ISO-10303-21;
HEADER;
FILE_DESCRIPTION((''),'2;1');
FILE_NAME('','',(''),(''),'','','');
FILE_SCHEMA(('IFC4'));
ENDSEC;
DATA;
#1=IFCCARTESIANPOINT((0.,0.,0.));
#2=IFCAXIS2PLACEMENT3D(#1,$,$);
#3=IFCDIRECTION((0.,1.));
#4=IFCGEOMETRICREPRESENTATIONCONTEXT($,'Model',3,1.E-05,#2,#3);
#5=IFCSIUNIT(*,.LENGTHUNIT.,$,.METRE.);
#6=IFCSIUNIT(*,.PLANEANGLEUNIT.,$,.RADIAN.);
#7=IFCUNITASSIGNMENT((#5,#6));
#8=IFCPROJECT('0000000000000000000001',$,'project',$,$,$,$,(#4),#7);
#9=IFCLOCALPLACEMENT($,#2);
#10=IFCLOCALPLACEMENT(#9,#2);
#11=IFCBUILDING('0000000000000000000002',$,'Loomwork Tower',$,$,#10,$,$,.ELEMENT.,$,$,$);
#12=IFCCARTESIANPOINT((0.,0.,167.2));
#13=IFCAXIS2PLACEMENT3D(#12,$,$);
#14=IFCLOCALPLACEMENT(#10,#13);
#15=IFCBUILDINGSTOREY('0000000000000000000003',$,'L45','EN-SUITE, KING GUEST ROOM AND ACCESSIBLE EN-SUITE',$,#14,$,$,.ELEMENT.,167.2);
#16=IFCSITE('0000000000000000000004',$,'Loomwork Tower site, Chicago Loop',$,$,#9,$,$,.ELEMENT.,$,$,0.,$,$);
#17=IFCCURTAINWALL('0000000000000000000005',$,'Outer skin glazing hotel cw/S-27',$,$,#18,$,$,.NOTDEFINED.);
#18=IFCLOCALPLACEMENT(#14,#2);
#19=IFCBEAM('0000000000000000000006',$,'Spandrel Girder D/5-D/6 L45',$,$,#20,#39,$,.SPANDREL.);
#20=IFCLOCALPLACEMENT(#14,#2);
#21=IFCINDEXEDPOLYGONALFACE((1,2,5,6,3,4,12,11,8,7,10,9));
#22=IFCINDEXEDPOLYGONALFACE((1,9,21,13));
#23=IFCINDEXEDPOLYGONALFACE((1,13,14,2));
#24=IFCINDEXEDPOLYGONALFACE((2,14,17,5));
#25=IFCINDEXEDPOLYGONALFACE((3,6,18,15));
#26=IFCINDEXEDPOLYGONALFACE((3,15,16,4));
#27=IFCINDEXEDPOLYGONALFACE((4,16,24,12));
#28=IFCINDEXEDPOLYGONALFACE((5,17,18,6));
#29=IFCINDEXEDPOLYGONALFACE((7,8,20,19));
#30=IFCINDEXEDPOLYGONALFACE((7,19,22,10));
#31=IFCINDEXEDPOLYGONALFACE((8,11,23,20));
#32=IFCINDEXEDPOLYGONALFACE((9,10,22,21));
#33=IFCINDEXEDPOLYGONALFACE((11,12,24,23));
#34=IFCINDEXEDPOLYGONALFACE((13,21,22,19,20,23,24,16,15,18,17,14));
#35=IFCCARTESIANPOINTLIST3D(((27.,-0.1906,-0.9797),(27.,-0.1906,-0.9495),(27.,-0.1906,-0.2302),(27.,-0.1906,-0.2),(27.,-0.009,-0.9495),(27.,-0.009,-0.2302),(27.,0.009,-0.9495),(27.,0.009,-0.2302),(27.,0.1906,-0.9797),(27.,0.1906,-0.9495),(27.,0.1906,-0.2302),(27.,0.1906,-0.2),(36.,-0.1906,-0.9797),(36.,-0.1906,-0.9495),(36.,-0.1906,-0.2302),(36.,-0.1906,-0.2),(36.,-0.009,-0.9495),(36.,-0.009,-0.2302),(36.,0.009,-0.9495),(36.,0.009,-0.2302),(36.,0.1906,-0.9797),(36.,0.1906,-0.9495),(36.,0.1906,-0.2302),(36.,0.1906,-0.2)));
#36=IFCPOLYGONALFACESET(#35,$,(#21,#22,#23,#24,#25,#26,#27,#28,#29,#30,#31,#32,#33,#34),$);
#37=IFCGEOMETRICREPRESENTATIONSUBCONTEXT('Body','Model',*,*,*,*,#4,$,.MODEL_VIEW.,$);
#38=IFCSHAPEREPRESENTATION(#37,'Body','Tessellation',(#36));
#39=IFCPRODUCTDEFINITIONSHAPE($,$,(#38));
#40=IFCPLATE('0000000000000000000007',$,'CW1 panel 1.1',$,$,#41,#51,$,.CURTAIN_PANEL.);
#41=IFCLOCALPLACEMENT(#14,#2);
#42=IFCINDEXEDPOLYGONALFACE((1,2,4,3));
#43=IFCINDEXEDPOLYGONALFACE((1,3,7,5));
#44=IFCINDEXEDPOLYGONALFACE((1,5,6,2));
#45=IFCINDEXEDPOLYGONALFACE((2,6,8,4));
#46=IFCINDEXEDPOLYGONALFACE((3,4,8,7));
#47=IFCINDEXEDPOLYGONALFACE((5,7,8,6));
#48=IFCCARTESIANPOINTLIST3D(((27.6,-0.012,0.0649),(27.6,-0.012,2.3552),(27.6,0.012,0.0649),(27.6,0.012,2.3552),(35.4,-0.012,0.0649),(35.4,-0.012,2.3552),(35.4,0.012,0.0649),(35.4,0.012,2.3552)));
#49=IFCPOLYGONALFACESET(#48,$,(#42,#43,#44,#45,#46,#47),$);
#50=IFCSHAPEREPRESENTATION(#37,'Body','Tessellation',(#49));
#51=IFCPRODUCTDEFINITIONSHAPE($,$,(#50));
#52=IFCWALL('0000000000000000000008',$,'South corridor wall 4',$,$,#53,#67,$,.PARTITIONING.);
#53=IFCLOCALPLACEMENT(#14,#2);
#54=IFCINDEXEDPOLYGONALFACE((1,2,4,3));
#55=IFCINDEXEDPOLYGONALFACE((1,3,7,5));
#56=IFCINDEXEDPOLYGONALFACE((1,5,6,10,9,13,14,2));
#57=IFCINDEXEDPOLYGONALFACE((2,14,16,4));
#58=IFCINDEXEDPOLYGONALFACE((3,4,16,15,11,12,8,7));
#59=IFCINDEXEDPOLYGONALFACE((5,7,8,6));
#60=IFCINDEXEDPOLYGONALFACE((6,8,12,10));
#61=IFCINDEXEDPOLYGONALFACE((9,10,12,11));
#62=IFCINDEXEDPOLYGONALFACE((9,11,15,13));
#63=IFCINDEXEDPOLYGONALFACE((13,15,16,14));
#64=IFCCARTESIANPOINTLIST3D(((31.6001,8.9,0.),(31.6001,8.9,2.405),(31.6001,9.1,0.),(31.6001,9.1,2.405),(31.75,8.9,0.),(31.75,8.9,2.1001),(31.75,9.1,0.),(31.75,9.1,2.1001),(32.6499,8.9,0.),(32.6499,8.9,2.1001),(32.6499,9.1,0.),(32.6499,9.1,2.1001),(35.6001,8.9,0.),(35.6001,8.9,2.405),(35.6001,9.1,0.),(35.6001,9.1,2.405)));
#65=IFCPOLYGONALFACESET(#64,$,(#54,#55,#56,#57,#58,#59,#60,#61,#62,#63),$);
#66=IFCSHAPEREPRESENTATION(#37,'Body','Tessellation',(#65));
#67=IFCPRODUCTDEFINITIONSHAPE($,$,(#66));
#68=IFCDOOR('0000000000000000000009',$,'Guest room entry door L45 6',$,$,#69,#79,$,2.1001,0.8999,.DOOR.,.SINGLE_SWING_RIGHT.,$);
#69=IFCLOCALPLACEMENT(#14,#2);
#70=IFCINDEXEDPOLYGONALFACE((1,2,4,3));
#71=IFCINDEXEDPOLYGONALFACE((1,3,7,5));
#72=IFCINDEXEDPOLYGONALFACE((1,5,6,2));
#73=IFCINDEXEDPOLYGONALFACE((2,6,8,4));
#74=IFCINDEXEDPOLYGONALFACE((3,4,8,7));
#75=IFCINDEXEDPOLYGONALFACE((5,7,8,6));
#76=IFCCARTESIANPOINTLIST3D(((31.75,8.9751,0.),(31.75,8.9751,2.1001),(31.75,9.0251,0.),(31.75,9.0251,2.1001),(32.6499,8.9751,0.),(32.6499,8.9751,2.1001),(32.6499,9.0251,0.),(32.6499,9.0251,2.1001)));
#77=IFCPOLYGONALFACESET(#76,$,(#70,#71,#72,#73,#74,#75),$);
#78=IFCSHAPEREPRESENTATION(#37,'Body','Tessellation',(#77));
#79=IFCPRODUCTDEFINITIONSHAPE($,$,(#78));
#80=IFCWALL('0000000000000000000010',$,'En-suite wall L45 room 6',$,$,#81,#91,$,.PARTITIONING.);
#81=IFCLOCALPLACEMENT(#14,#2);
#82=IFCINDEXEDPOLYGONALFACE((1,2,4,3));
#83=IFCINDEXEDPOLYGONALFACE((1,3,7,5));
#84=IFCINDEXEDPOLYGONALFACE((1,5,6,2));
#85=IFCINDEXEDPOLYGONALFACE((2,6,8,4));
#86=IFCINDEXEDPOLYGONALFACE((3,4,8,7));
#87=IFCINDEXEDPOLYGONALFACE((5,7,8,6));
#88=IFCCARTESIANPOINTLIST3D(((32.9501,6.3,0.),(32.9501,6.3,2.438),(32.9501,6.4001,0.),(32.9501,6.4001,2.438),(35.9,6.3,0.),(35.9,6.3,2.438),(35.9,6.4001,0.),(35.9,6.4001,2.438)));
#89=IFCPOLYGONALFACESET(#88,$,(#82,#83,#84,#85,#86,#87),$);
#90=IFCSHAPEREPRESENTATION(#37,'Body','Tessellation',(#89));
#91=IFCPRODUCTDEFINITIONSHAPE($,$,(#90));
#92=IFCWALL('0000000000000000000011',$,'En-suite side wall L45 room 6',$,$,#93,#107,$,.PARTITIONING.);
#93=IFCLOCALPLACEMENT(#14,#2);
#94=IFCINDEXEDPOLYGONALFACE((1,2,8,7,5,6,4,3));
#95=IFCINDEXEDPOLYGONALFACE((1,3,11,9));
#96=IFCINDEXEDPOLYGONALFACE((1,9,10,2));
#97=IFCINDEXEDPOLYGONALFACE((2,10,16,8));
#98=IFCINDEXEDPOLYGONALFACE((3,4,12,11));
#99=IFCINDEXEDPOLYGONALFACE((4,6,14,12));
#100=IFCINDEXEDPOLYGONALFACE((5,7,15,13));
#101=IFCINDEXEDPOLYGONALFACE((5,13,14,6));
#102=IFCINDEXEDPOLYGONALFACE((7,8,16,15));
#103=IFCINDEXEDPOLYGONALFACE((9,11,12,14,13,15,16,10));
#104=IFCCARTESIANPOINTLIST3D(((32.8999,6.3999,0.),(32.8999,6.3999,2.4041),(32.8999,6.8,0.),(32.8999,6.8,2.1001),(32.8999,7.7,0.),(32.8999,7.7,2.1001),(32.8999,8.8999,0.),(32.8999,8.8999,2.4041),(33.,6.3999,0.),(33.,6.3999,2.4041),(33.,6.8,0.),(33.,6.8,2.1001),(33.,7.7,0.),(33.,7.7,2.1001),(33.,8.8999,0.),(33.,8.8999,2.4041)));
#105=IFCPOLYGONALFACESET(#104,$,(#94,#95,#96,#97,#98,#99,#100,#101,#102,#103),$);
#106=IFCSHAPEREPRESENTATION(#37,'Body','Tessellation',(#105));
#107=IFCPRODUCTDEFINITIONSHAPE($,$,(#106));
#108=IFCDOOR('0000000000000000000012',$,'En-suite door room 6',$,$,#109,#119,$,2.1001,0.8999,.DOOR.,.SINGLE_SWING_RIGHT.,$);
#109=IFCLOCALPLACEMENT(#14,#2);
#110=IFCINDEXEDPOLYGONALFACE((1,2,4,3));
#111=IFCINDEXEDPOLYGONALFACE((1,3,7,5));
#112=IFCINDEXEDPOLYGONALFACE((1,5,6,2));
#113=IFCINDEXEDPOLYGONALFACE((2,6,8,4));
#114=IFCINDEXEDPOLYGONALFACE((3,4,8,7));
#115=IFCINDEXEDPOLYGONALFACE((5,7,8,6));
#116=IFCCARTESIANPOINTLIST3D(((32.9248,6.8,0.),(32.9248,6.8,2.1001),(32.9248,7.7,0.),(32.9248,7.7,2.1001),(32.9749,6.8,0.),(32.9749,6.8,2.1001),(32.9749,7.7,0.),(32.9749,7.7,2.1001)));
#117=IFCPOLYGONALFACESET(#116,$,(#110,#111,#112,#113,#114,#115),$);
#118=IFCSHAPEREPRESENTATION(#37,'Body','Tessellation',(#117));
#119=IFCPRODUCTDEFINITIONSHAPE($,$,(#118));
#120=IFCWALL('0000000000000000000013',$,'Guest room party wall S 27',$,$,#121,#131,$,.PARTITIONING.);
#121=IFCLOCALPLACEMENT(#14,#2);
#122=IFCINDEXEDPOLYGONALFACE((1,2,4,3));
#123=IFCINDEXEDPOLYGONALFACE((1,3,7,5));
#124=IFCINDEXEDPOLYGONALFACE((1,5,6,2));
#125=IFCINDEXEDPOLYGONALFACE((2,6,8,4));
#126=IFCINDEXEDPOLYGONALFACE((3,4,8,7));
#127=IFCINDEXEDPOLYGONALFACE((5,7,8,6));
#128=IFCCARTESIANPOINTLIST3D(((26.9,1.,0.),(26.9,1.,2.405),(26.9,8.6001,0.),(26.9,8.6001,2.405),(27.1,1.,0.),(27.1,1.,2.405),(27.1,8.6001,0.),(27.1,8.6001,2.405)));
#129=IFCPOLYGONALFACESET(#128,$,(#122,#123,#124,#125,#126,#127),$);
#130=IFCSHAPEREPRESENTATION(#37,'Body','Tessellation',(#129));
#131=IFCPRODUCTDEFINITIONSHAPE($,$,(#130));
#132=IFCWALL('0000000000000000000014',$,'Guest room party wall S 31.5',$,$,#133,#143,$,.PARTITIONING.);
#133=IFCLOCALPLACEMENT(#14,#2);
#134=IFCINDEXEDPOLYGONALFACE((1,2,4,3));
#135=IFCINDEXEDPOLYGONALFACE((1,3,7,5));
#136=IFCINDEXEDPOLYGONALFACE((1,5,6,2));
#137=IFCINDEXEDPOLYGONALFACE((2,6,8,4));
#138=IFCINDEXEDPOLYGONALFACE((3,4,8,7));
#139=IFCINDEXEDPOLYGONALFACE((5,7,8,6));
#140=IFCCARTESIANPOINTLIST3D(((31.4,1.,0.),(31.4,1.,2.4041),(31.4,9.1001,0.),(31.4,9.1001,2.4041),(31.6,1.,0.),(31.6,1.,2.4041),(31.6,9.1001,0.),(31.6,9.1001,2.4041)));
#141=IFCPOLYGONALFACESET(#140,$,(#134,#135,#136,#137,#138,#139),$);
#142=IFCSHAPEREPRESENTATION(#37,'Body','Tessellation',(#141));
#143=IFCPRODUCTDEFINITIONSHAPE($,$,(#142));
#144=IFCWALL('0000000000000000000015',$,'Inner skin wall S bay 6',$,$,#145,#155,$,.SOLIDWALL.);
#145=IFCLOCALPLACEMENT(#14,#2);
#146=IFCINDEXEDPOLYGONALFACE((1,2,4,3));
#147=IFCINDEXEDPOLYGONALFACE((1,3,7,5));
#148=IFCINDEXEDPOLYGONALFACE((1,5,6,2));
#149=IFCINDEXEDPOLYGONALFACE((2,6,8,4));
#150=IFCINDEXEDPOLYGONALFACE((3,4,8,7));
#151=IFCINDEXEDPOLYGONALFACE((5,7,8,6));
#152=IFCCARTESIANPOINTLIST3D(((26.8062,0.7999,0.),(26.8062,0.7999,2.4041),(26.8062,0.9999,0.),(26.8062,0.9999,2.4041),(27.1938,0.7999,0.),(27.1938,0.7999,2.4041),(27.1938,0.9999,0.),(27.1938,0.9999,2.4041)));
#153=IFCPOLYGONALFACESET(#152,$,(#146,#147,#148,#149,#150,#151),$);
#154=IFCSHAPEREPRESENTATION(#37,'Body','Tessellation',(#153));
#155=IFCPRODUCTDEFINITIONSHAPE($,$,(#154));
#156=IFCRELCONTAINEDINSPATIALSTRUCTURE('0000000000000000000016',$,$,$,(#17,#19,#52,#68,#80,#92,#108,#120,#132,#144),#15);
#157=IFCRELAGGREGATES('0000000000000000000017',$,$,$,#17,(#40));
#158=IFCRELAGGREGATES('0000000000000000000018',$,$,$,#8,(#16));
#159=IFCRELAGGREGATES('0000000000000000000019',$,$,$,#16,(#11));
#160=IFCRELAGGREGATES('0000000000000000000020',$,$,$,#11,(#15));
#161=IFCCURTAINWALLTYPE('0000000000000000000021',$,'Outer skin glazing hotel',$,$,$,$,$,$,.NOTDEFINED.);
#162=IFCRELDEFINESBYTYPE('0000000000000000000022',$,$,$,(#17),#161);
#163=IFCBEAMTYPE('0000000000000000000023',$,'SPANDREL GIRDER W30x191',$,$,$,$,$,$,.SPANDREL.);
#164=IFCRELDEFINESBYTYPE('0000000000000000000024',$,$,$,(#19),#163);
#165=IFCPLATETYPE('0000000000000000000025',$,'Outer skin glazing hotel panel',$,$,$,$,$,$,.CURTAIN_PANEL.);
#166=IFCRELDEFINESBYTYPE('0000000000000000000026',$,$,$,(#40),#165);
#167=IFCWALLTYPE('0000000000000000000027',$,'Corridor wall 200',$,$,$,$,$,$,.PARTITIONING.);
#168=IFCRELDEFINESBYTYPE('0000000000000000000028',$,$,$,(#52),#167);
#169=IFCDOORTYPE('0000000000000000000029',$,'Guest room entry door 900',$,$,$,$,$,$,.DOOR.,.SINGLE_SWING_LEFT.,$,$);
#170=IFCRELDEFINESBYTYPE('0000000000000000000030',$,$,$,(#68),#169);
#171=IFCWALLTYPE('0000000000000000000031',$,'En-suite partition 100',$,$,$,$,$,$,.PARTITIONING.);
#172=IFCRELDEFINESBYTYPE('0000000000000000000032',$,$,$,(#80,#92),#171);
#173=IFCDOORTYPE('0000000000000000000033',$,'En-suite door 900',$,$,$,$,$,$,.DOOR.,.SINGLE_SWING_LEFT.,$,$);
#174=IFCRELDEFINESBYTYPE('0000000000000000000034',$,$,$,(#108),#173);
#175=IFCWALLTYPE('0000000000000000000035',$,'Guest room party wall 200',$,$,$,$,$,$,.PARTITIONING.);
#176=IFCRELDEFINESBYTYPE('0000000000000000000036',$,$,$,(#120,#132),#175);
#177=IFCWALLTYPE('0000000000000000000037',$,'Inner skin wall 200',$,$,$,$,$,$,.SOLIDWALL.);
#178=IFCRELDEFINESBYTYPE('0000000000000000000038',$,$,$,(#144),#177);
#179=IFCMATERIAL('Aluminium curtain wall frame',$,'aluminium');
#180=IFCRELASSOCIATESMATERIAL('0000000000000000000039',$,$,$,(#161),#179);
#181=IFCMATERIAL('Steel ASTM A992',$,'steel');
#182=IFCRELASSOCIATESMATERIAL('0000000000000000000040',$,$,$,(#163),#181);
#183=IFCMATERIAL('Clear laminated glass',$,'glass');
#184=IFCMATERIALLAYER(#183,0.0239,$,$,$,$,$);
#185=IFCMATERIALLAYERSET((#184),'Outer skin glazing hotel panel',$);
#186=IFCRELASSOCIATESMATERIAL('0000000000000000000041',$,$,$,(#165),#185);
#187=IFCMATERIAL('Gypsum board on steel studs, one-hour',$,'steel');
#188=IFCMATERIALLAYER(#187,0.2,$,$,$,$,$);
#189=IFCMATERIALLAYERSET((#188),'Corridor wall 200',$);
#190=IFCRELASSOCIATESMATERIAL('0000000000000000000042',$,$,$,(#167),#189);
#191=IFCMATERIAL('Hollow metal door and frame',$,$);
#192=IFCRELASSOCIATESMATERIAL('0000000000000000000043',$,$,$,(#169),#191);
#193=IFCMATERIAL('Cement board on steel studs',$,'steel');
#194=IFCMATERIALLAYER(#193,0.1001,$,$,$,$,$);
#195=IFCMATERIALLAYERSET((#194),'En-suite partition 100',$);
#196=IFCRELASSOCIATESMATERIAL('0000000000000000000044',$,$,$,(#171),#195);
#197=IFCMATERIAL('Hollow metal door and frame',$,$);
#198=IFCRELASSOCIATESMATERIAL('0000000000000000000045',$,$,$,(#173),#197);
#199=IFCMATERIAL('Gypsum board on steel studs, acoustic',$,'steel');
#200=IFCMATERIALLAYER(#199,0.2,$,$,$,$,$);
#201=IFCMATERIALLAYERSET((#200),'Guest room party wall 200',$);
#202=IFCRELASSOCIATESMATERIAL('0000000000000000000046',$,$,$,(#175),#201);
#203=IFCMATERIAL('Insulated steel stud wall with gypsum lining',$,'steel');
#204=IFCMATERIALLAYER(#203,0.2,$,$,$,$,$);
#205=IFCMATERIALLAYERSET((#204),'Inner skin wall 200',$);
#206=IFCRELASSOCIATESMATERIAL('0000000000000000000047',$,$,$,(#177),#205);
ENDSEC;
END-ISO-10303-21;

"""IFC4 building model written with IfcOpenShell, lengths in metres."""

from ifc_helpers import new_model, si_unit, direction, frame, frame_2d, origin, origin_2d, place, context, subcontext, project, spatial, rectangle, i_section, extrude, material, layer, layer_set, material_profile, profile_set, type_object, element, fill, aggregate, save


model = new_model("IFC4")

# Units and contexts
model_context = context("Model", 3, precision=1e-05, world=origin(), true_north=direction((0.0, 1.0)))
body_context = subcontext(model_context, "Body", "Model", "MODEL_VIEW")
ifc_project = project(units=[si_unit("LENGTHUNIT", "METRE"), si_unit("PLANEANGLEUNIT", "RADIAN")], contexts=[model_context])

# Site, building, storey
site_placement = place(None, origin())
site = spatial("IfcSite", under=ifc_project, at=site_placement, Name="Loomwork Tower site, Chicago Loop", CompositionType="ELEMENT", RefElevation=0.0)
building_placement = place(site_placement, origin())
building = spatial("IfcBuilding", under=site, at=building_placement, Name="Loomwork Tower", CompositionType="ELEMENT")
storey_placement = place(building_placement, frame((0.0, 0.0, 167.2)))
storey = spatial("IfcBuildingStorey", under=building, at=storey_placement, Name="L45", Description="EN-SUITE, KING GUEST ROOM AND ACCESSIBLE EN-SUITE", CompositionType="ELEMENT", Elevation=167.2)

# Shared definitions
ifc_material_1 = material(Name="Aluminium curtain wall frame", Category="aluminium")
curtain_wall_type = type_object("IfcCurtainWallType", Name="Outer skin glazing hotel", PredefinedType="NOTDEFINED", material=ifc_material_1)

# Curtain wall
curtain_wall_1_placement = place(storey_placement, origin())
curtain_wall_1 = element("IfcCurtainWall", 1, at=curtain_wall_1_placement, inside=storey, type_object=curtain_wall_type, Name="Outer skin glazing hotel cw/S-27", PredefinedType="NOTDEFINED")

# Beam
ifc_material_2 = material(Name="Steel ASTM A992", Category="steel")
ifc_material_profile_1 = material_profile(ifc_material_2, i_section(OverallWidth=0.3811, OverallDepth=0.7798, WebThickness=0.0181, FlangeThickness=0.0303, at=origin_2d()), Name="W30x191")
ifc_profile_set_1 = profile_set([ifc_material_profile_1], Name="Steel ASTM A992")
beam_type_1 = type_object("IfcBeamType", Name="SPANDREL GIRDER W30x191", PredefinedType="SPANDREL", material=ifc_profile_set_1)
beam_1_placement = place(storey_placement, frame((27.0, 0.0, -0.5898), z_axis=(1.0, 0.0, 0.0), x_axis=(0.0, 1.0, 0.0)))
element("IfcBeam", 2, at=beam_1_placement, inside=storey, type_object=beam_type_1, Name="Spandrel Girder D/5-D/6 L45", PredefinedType="SPANDREL", context=body_context, shape_type="SweptSolid", body=[
    extrude(i_section(OverallWidth=0.3811, OverallDepth=0.7798, WebThickness=0.0181, FlangeThickness=0.0303, at=origin_2d()), origin(), (0.0, 0.0, 1.0), 9.0),
])

# Plate
ifc_material_3 = material(Name="Clear laminated glass", Category="glass")
ifc_layer_1 = layer(ifc_material_3, 0.0239)
ifc_layer_set_1 = layer_set([ifc_layer_1], Name="Outer skin glazing hotel panel")
plate_type = type_object("IfcPlateType", Name="Outer skin glazing hotel panel", PredefinedType="CURTAIN_PANEL", material=ifc_layer_set_1)
plate_placement = place(storey_placement, frame((31.5, 0.0, 0.0649), z_axis=(0.0, 0.0, 1.0), x_axis=(1.0, 0.0, 0.0)))
plate = element("IfcPlate", 3, at=plate_placement, type_object=plate_type, Name="CW1 panel 1.1", PredefinedType="CURTAIN_PANEL", context=body_context, shape_type="SweptSolid", body=[
    extrude(rectangle(XDim=7.8, YDim=0.0239, at=origin_2d()), origin(), (0.0, 0.0, 1.0), 2.2903),
])
aggregate(curtain_wall_1, [plate])

# Wall, opening, door
ifc_material_4 = material(Name="Gypsum board on steel studs, one-hour", Category="steel")
ifc_layer_2 = layer(ifc_material_4, 0.2)
ifc_layer_set_2 = layer_set([ifc_layer_2], Name="Corridor wall 200")
wall_type_1 = type_object("IfcWallType", Name="Corridor wall 200", PredefinedType="PARTITIONING", material=ifc_layer_set_2)
wall_1_placement = place(storey_placement, frame((31.6001, 9.0, 0.0), z_axis=(0.0, 0.0, 1.0), x_axis=(1.0, 0.0, 0.0)))
wall_1 = element("IfcWall", 4, at=wall_1_placement, inside=storey, type_object=wall_type_1, Name="South corridor wall 4", PredefinedType="PARTITIONING", context=body_context, shape_type="SweptSolid", body=[
    extrude(rectangle(XDim=4.0, YDim=0.2, at=frame_2d((2.0, 0.0))), origin(), (0.0, 0.0, 1.0), 2.405),
])
opening_1_placement = place(wall_1_placement, frame((0.1499, 0.0, 0.0)))
opening_1 = element("IfcOpeningElement", 5, at=opening_1_placement, cuts=wall_1, PredefinedType="OPENING", context=body_context, shape_type="SweptSolid", body=[
    extrude(rectangle(XDim=0.8999, YDim=2.1001, at=frame_2d((0.45, 1.05))), frame((0.0, 0.1099, 0.0), z_axis=(0.0, -1.0, 0.0), x_axis=(1.0, 0.0, 0.0)), (0.0, 0.0, 1.0), 0.22),
])
ifc_material_5 = material(Name="Hollow metal door and frame")
door_type_1 = type_object("IfcDoorType", Name="Guest room entry door 900", OperationType="SINGLE_SWING_LEFT", PredefinedType="DOOR", material=ifc_material_5)
door_1_placement = place(opening_1_placement, frame((0.8999, 0.0, 0.0), z_axis=(0.0, 0.0, 1.0), x_axis=(-1.0, 0.0, 0.0)))
door_1 = element("IfcDoor", 6, at=door_1_placement, inside=storey, type_object=door_type_1, Name="Guest room entry door L45 6", OperationType="SINGLE_SWING_RIGHT", OverallHeight=2.1001, OverallWidth=0.8999, PredefinedType="DOOR", context=body_context, shape_type="SweptSolid", body=[
    extrude(rectangle(XDim=0.8999, YDim=2.1001, at=frame_2d((0.45, 1.05))), frame((0.0, 0.0249, 0.0), z_axis=(0.0, -1.0, 0.0), x_axis=(1.0, 0.0, 0.0)), (0.0, 0.0, 1.0), 0.05),
])
fill(opening_1, door_1)

# Wall
ifc_material_6 = material(Name="Cement board on steel studs", Category="steel")
ifc_layer_3 = layer(ifc_material_6, 0.1001)
ifc_layer_set_3 = layer_set([ifc_layer_3], Name="En-suite partition 100")
wall_type_2 = type_object("IfcWallType", Name="En-suite partition 100", PredefinedType="PARTITIONING", material=ifc_layer_set_3)
wall_2_placement = place(storey_placement, frame((32.95, 6.3501, 0.0), z_axis=(0.0, 0.0, 1.0), x_axis=(1.0, 0.0, 0.0)))
element("IfcWall", 7, at=wall_2_placement, inside=storey, type_object=wall_type_2, Name="En-suite wall L45 room 6", PredefinedType="PARTITIONING", context=body_context, shape_type="SweptSolid", body=[
    extrude(rectangle(XDim=2.95, YDim=0.1001, at=frame_2d((1.4751, 0.0))), origin(), (0.0, 0.0, 1.0), 2.438),
])

# Wall, opening, door
wall_3_placement = place(storey_placement, frame((32.95, 8.8999, 0.0), z_axis=(0.0, 0.0, 1.0), x_axis=(0.0, -1.0, 0.0)))
wall_3 = element("IfcWall", 8, at=wall_3_placement, inside=storey, type_object=wall_type_2, Name="En-suite side wall L45 room 6", PredefinedType="PARTITIONING", context=body_context, shape_type="SweptSolid", body=[
    extrude(rectangle(XDim=2.5, YDim=0.1001, at=frame_2d((1.25, 0.0))), origin(), (0.0, 0.0, 1.0), 2.4041),
])
opening_2_placement = place(wall_3_placement, frame((1.2, 0.0, 0.0)))
opening_2 = element("IfcOpeningElement", 9, at=opening_2_placement, cuts=wall_3, PredefinedType="OPENING", context=body_context, shape_type="SweptSolid", body=[
    extrude(rectangle(XDim=0.8999, YDim=2.1001, at=frame_2d((0.45, 1.05))), frame((0.0, 0.0601, 0.0), z_axis=(0.0, -1.0, 0.0), x_axis=(1.0, 0.0, 0.0)), (0.0, 0.0, 1.0), 0.1201),
])
ifc_material_7 = material(Name="Hollow metal door and frame")
door_type_2 = type_object("IfcDoorType", Name="En-suite door 900", OperationType="SINGLE_SWING_LEFT", PredefinedType="DOOR", material=ifc_material_7)
door_2_placement = place(opening_2_placement, origin())
door_2 = element("IfcDoor", 10, at=door_2_placement, inside=storey, type_object=door_type_2, Name="En-suite door room 6", OperationType="SINGLE_SWING_RIGHT", OverallHeight=2.1001, OverallWidth=0.8999, PredefinedType="DOOR", context=body_context, shape_type="SweptSolid", body=[
    extrude(rectangle(XDim=0.8999, YDim=2.1001, at=frame_2d((0.45, 1.05))), frame((0.0, 0.0249, 0.0), z_axis=(0.0, -1.0, 0.0), x_axis=(1.0, 0.0, 0.0)), (0.0, 0.0, 1.0), 0.05),
])
fill(opening_2, door_2)

# Walls
ifc_material_8 = material(Name="Gypsum board on steel studs, acoustic", Category="steel")
ifc_layer_4 = layer(ifc_material_8, 0.2)
ifc_layer_set_4 = layer_set([ifc_layer_4], Name="Guest room party wall 200")
wall_type_3 = type_object("IfcWallType", Name="Guest room party wall 200", PredefinedType="PARTITIONING", material=ifc_layer_set_4)
wall_4_placement = place(storey_placement, frame((27.0, 8.6001, 0.0), z_axis=(0.0, 0.0, 1.0), x_axis=(0.0, -1.0, 0.0)))
element("IfcWall", 11, at=wall_4_placement, inside=storey, type_object=wall_type_3, Name="Guest room party wall S 27", PredefinedType="PARTITIONING", context=body_context, shape_type="SweptSolid", body=[
    extrude(rectangle(XDim=7.6001, YDim=0.2, at=frame_2d((3.8, 0.0))), origin(), (0.0, 0.0, 1.0), 2.405),
])
wall_5_placement = place(storey_placement, frame((31.5, 9.1001, 0.0), z_axis=(0.0, 0.0, 1.0), x_axis=(0.0, -1.0, 0.0)))
element("IfcWall", 12, at=wall_5_placement, inside=storey, type_object=wall_type_3, Name="Guest room party wall S 31.5", PredefinedType="PARTITIONING", context=body_context, shape_type="SweptSolid", body=[
    extrude(rectangle(XDim=8.1001, YDim=0.2, at=frame_2d((4.05, 0.0))), origin(), (0.0, 0.0, 1.0), 2.4041),
])
ifc_material_9 = material(Name="Insulated steel stud wall with gypsum lining", Category="steel")
ifc_layer_5 = layer(ifc_material_9, 0.2)
ifc_layer_set_5 = layer_set([ifc_layer_5], Name="Inner skin wall 200")
wall_type_4 = type_object("IfcWallType", Name="Inner skin wall 200", PredefinedType="SOLIDWALL", material=ifc_layer_set_5)
wall_6_placement = place(storey_placement, frame((26.8062, 0.8999, 0.0), z_axis=(0.0, 0.0, 1.0), x_axis=(1.0, 0.0, 0.0)))
element("IfcWall", 13, at=wall_6_placement, inside=storey, type_object=wall_type_4, Name="Inner skin wall S bay 6", PredefinedType="SOLIDWALL", context=body_context, shape_type="SweptSolid", body=[
    extrude(rectangle(XDim=0.3877, YDim=0.2, at=frame_2d((0.1938, 0.0))), origin(), (0.0, 0.0, 1.0), 2.4041),
])

save(model, "model.ifc")
